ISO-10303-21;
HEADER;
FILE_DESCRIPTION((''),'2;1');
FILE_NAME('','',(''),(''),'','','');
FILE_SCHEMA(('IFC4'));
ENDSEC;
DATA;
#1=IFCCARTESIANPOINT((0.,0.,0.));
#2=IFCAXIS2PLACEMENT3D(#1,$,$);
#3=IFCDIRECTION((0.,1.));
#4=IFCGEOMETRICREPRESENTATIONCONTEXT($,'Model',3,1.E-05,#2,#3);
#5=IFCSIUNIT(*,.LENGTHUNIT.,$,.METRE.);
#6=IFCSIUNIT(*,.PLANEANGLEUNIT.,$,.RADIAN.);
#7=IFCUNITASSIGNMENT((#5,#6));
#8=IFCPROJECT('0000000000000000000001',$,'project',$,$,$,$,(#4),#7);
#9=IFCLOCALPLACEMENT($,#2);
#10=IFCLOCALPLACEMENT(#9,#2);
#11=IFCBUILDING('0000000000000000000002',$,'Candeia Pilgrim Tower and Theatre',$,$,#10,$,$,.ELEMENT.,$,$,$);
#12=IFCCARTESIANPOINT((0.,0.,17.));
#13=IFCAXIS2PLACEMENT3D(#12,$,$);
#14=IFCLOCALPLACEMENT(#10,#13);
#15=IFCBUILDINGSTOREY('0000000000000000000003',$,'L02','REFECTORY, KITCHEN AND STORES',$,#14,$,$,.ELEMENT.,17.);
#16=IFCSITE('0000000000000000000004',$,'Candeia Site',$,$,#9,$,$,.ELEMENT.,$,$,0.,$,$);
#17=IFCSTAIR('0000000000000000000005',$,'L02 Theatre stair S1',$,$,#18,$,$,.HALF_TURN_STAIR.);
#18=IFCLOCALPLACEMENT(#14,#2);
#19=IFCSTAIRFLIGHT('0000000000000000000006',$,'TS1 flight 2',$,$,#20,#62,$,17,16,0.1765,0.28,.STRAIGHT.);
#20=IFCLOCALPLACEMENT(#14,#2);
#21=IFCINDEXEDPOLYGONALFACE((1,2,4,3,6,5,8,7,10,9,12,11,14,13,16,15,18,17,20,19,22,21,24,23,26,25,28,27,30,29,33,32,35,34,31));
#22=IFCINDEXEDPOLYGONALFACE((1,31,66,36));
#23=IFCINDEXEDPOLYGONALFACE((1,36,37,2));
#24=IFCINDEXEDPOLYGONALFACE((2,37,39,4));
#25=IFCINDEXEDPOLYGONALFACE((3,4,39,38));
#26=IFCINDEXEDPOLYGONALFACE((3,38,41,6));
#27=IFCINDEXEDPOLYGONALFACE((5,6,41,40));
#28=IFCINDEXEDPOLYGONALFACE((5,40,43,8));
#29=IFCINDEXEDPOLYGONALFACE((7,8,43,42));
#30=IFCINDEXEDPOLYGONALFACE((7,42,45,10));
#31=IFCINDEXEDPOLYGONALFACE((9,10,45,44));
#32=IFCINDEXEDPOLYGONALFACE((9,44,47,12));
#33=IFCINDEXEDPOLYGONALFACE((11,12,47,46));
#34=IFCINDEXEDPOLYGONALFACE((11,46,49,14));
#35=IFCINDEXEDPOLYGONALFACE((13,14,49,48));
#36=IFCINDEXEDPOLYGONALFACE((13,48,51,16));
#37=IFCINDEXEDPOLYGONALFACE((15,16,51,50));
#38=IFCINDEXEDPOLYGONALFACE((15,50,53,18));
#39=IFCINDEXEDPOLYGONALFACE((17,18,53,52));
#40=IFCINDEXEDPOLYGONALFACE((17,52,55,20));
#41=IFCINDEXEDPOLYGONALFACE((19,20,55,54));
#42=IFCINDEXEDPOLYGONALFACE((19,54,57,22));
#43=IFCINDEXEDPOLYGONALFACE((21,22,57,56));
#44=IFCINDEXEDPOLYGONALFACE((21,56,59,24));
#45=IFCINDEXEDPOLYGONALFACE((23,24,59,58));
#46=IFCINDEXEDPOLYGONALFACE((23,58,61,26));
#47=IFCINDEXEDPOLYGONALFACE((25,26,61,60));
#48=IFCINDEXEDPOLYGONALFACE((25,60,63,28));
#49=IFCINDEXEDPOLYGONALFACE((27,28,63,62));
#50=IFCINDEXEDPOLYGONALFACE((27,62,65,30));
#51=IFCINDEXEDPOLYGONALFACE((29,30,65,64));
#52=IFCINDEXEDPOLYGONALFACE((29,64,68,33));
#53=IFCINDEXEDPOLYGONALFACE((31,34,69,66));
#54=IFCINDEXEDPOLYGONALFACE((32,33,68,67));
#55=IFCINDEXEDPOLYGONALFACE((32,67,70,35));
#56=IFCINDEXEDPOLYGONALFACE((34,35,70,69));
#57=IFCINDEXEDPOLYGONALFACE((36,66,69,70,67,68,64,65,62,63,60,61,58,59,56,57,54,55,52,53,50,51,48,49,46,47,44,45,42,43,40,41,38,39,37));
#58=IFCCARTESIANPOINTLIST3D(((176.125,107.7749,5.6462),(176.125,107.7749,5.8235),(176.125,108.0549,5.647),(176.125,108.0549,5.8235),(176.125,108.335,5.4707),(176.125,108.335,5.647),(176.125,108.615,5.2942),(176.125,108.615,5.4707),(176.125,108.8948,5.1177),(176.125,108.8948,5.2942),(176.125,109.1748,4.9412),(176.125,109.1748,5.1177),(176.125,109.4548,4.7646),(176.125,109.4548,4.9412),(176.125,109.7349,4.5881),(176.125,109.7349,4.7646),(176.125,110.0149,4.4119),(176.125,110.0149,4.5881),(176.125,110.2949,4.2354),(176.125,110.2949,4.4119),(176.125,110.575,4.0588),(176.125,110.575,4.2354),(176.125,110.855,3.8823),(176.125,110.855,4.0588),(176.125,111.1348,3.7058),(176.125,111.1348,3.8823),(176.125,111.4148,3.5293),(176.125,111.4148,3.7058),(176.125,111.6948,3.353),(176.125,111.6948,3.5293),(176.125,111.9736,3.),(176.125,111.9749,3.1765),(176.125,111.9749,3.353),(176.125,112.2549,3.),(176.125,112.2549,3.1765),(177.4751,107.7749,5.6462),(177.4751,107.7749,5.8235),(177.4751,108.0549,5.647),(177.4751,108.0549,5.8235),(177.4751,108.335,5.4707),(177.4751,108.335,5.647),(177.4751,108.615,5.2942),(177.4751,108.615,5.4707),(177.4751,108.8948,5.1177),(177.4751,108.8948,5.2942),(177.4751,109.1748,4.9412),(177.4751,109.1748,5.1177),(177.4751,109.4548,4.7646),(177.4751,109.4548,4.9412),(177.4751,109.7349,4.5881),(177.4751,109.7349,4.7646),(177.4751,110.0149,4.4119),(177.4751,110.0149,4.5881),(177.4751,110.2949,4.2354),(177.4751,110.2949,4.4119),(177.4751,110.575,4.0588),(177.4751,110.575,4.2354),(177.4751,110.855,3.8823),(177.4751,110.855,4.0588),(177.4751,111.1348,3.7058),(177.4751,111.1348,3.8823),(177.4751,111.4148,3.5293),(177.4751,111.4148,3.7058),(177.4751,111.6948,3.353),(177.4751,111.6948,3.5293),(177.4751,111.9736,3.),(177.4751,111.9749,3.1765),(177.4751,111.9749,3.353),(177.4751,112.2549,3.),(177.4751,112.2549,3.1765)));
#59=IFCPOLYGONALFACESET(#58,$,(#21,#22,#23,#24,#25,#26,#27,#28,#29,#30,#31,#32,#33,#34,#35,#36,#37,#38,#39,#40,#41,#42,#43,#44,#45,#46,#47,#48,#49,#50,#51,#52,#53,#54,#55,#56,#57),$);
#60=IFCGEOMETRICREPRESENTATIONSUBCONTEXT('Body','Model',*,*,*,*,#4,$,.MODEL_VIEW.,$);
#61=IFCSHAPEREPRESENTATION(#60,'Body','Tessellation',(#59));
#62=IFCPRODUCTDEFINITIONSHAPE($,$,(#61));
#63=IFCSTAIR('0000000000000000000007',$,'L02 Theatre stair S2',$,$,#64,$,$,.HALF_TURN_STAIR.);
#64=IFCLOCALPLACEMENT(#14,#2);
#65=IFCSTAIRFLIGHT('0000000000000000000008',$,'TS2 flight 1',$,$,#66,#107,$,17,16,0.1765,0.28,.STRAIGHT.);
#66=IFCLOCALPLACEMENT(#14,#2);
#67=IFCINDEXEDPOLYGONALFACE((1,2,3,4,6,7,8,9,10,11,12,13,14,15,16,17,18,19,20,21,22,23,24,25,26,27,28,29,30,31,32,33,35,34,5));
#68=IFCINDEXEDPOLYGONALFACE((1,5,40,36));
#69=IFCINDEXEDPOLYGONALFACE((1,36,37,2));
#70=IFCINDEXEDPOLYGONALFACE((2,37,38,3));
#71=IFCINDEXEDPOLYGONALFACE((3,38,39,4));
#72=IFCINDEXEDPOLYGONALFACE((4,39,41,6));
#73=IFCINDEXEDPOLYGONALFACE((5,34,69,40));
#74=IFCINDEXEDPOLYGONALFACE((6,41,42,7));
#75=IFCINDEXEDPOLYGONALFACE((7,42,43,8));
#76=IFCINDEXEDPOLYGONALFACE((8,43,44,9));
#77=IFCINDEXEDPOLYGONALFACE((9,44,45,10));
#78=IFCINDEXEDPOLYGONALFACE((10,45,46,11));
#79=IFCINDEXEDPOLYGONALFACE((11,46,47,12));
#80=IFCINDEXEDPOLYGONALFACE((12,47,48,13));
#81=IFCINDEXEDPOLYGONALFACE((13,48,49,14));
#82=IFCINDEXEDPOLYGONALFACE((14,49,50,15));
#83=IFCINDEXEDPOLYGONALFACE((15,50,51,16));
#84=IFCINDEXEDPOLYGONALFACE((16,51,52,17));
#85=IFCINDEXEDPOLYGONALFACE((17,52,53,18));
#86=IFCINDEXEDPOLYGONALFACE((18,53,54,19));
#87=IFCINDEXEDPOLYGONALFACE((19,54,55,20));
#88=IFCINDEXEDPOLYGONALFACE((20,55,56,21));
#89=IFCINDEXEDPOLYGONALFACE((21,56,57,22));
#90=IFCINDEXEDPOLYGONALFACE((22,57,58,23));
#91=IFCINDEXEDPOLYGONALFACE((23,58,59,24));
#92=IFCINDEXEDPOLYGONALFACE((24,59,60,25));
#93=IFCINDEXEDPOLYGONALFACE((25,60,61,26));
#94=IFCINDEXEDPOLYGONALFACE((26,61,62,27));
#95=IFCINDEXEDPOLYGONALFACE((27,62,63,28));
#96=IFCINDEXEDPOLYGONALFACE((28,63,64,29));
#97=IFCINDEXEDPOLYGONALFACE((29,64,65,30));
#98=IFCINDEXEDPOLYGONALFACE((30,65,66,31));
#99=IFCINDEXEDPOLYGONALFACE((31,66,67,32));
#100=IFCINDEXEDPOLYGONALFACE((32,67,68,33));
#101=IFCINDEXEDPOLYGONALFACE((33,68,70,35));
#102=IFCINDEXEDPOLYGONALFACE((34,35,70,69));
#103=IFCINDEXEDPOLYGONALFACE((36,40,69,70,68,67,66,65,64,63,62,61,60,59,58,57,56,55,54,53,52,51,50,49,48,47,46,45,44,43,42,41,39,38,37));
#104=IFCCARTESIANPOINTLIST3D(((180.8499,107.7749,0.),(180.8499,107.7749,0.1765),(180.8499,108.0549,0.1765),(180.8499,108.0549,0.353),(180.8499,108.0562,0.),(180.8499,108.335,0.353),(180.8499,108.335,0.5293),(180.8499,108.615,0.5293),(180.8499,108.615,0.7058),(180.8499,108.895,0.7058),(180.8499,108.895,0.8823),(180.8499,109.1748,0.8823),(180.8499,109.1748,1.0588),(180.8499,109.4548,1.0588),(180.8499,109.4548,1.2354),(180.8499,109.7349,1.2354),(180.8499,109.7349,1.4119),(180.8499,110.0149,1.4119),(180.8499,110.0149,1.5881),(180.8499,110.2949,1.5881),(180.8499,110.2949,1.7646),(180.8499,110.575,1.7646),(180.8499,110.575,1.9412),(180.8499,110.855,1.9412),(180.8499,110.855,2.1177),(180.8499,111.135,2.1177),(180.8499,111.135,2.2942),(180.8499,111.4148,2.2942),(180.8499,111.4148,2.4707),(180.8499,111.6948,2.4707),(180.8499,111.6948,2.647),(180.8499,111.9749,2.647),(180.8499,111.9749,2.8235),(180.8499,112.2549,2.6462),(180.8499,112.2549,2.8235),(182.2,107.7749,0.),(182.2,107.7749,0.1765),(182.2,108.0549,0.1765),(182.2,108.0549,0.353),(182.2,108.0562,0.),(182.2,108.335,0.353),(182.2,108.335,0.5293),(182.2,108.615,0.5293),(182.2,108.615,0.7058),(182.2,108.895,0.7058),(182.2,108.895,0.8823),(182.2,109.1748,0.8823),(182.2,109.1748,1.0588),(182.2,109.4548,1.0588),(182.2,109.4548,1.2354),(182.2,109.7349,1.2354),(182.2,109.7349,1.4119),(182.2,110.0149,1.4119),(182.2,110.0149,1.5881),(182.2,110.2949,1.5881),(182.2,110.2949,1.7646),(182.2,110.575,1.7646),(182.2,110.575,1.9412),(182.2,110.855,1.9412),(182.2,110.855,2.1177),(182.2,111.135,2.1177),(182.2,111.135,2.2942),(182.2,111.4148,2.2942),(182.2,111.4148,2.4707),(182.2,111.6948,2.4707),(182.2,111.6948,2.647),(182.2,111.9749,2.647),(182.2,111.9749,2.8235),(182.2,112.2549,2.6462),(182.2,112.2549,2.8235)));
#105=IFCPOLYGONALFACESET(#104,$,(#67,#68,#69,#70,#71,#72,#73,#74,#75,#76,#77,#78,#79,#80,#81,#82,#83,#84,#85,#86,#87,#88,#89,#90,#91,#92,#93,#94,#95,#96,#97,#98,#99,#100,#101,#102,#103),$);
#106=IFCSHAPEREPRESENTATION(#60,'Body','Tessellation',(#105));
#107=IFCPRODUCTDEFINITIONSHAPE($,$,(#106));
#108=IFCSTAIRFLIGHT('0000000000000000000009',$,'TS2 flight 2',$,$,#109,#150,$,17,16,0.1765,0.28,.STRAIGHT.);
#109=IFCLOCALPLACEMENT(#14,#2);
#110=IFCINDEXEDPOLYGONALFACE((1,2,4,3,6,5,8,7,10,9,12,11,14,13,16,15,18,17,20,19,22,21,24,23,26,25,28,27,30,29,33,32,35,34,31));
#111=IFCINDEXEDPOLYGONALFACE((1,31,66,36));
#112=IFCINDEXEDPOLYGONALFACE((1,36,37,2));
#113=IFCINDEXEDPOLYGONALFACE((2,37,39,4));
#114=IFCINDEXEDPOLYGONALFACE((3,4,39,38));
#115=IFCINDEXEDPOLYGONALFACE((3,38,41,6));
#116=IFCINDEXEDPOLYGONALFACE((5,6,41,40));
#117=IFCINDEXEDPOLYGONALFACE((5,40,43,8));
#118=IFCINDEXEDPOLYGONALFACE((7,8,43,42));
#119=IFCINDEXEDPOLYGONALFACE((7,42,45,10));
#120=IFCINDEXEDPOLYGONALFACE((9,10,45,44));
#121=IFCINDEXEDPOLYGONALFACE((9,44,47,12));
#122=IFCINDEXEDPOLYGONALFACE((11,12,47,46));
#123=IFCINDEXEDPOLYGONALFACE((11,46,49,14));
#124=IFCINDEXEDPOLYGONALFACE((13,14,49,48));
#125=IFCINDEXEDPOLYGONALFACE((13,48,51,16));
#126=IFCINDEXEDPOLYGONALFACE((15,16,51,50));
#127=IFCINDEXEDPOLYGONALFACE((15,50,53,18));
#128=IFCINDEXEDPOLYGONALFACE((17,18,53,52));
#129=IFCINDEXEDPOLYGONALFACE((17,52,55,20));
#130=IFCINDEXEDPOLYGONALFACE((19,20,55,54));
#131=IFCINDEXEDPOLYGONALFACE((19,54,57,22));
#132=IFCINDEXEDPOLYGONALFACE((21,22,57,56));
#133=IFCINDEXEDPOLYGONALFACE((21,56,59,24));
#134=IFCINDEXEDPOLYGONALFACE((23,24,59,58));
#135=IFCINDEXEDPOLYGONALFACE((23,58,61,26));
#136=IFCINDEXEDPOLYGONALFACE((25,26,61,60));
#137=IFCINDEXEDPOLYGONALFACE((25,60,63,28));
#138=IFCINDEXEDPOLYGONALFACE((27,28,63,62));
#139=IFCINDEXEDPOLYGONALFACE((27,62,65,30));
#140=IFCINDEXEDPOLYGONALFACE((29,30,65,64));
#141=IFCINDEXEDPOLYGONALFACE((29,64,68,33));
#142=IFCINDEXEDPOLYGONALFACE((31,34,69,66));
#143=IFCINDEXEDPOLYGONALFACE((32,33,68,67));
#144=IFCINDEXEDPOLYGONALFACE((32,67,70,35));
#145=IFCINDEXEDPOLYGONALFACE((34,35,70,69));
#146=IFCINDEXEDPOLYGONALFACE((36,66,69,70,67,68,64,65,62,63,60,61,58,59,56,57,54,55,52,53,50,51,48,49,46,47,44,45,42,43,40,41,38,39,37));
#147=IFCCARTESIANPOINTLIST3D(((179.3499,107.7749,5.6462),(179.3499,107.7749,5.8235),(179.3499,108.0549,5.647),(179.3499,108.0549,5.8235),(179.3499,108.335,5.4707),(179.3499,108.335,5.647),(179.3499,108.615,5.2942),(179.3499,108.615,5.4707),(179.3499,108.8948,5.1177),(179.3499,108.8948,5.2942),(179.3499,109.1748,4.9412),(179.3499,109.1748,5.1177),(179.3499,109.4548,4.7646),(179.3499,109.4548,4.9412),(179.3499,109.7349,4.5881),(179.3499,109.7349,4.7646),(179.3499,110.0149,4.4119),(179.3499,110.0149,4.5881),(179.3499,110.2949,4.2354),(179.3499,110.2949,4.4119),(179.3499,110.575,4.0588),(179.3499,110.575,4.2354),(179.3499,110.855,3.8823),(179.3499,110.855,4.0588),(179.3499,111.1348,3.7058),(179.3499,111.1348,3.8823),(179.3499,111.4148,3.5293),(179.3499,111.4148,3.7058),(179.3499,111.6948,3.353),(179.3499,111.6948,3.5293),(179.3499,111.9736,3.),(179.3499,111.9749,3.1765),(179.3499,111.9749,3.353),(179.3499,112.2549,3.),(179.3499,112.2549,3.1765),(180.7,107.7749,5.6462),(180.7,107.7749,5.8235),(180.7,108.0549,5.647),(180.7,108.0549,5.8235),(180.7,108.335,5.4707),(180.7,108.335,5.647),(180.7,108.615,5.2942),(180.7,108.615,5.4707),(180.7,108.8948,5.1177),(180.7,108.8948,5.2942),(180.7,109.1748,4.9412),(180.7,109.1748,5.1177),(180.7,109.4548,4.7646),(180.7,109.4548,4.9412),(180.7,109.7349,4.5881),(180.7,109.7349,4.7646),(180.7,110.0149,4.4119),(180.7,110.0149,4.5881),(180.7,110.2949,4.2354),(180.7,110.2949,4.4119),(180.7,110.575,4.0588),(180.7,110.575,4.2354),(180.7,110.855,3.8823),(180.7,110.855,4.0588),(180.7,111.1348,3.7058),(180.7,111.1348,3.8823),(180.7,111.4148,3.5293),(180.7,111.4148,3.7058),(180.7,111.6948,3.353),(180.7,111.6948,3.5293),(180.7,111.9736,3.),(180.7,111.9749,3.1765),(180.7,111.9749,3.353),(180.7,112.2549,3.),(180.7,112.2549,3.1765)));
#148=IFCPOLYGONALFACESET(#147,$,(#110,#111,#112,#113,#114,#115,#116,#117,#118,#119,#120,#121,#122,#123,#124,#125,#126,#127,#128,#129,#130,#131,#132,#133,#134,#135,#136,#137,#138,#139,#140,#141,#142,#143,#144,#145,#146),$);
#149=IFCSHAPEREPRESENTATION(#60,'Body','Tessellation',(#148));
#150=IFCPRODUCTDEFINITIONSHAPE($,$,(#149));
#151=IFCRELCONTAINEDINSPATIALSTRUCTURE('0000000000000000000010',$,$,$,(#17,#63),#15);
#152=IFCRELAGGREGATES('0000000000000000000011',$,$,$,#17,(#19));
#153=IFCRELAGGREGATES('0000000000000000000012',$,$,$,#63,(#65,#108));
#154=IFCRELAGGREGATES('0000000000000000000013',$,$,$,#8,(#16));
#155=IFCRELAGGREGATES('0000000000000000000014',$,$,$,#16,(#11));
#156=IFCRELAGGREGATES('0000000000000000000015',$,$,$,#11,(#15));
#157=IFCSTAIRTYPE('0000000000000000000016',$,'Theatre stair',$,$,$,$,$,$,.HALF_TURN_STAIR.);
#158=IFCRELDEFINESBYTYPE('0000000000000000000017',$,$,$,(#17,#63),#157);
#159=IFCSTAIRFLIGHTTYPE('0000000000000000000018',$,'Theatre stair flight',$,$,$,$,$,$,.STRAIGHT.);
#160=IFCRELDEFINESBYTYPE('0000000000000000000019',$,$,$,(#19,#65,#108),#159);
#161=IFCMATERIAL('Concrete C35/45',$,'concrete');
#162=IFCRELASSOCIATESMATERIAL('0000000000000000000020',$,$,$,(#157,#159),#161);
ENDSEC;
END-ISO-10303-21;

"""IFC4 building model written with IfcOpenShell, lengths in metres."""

from ifc_helpers import new_model, si_unit, direction, frame, origin, place, context, subcontext, project, spatial, polyline, outline, extrude, material, type_object, element, aggregate, save


model = new_model("IFC4")

# Units and contexts
model_context = context("Model", 3, precision=1e-05, world=origin(), true_north=direction((0.0, 1.0)))
body_context = subcontext(model_context, "Body", "Model", "MODEL_VIEW")
ifc_project = project(units=[si_unit("LENGTHUNIT", "METRE"), si_unit("PLANEANGLEUNIT", "RADIAN")], contexts=[model_context])

# Site, building, storey
site_placement = place(None, origin())
site = spatial("IfcSite", under=ifc_project, at=site_placement, Name="Candeia Site", CompositionType="ELEMENT", RefElevation=0.0)
building_placement = place(site_placement, origin())
building = spatial("IfcBuilding", under=site, at=building_placement, Name="Candeia Pilgrim Tower and Theatre", CompositionType="ELEMENT")
storey_placement = place(building_placement, frame((0.0, 0.0, 17.0)))
storey = spatial("IfcBuildingStorey", under=building, at=storey_placement, Name="L02", Description="REFECTORY, KITCHEN AND STORES", CompositionType="ELEMENT", Elevation=17.0)

# Shared definitions
ifc_material_1 = material(Name="Concrete C35/45", Category="concrete")

# Stairs, stair flights
stair_type = type_object("IfcStairType", Name="Theatre stair", PredefinedType="HALF_TURN_STAIR", material=ifc_material_1)
stair_1_placement = place(storey_placement, origin())
stair_1 = element("IfcStair", 1, at=stair_1_placement, inside=storey, type_object=stair_type, Name="L02 Theatre stair S1", PredefinedType="HALF_TURN_STAIR")
stair_flight_type = type_object("IfcStairFlightType", Name="Theatre stair flight", PredefinedType="STRAIGHT", material=ifc_material_1)
stair_flight_1_placement = place(storey_placement, frame((176.8, 112.2549, 3.0), z_axis=(0.0, 0.0, 1.0), x_axis=(0.0, -1.0, 0.0)))
stair_flight_1 = element("IfcStairFlight", 2, at=stair_flight_1_placement, type_object=stair_flight_type, Name="TS1 flight 2", NumberOfRisers=17, NumberOfTreads=16, PredefinedType="STRAIGHT", RiserHeight=0.1765, TreadLength=0.28, context=body_context, shape_type="SweptSolid", body=[
    extrude(outline(polyline([(0.0, 0.0), (0.0, 0.1765), (0.28, 0.1765), (0.28, 0.353), (0.5601, 0.353), (0.5601, 0.5293), (0.8401, 0.5293), (0.8401, 0.7058), (1.1201, 0.7058), (1.1201, 0.8823), (1.3999, 0.8823), (1.3999, 1.0588), (1.6799, 1.0588), (1.6799, 1.2354), (1.96, 1.2354), (1.96, 1.4119), (2.24, 1.4119), (2.24, 1.5881), (2.52, 1.5881), (2.52, 1.7646), (2.8, 1.7646), (2.8, 1.9412), (3.0801, 1.9412), (3.0801, 2.1177), (3.3601, 2.1177), (3.3601, 2.2942), (3.6399, 2.2942), (3.6399, 2.4707), (3.9199, 2.4707), (3.9199, 2.647), (4.2, 2.647), (4.2, 2.8235), (4.48, 2.8235), (4.48, 3.0), (4.48, 2.6462), (0.2812, 0.0), (0.0, 0.0)])), frame((0.0, 0.675, 0.0), z_axis=(0.0, -1.0, 0.0), x_axis=(1.0, 0.0, 0.0)), (0.0, 0.0, 1.0), 1.3501),
])
aggregate(stair_1, [stair_flight_1])
stair_2_placement = place(storey_placement, origin())
stair_2 = element("IfcStair", 3, at=stair_2_placement, inside=storey, type_object=stair_type, Name="L02 Theatre stair S2", PredefinedType="HALF_TURN_STAIR")
stair_flight_2_placement = place(storey_placement, frame((181.5249, 107.7749, 0.0), z_axis=(0.0, 0.0, 1.0), x_axis=(0.0, 1.0, 0.0)))
stair_flight_2 = element("IfcStairFlight", 4, at=stair_flight_2_placement, type_object=stair_flight_type, Name="TS2 flight 1", NumberOfRisers=17, NumberOfTreads=16, PredefinedType="STRAIGHT", RiserHeight=0.1765, TreadLength=0.28, context=body_context, shape_type="SweptSolid", body=[
    extrude(outline(polyline([(0.0, 0.0), (0.0, 0.1765), (0.28, 0.1765), (0.28, 0.353), (0.5601, 0.353), (0.5601, 0.5293), (0.8401, 0.5293), (0.8401, 0.7058), (1.1201, 0.7058), (1.1201, 0.8823), (1.3999, 0.8823), (1.3999, 1.0588), (1.6799, 1.0588), (1.6799, 1.2354), (1.96, 1.2354), (1.96, 1.4119), (2.24, 1.4119), (2.24, 1.5881), (2.52, 1.5881), (2.52, 1.7646), (2.8, 1.7646), (2.8, 1.9412), (3.0801, 1.9412), (3.0801, 2.1177), (3.3601, 2.1177), (3.3601, 2.2942), (3.6399, 2.2942), (3.6399, 2.4707), (3.9199, 2.4707), (3.9199, 2.647), (4.2, 2.647), (4.2, 2.8235), (4.48, 2.8235), (4.48, 3.0), (4.48, 2.6462), (0.2812, 0.0), (0.0, 0.0)])), frame((0.0, 0.675, 0.0), z_axis=(0.0, -1.0, 0.0), x_axis=(1.0, 0.0, 0.0)), (0.0, 0.0, 1.0), 1.3501),
])
stair_flight_3_placement = place(storey_placement, frame((180.0249, 112.2549, 3.0), z_axis=(0.0, 0.0, 1.0), x_axis=(0.0, -1.0, 0.0)))
stair_flight_3 = element("IfcStairFlight", 5, at=stair_flight_3_placement, type_object=stair_flight_type, Name="TS2 flight 2", NumberOfRisers=17, NumberOfTreads=16, PredefinedType="STRAIGHT", RiserHeight=0.1765, TreadLength=0.28, context=body_context, shape_type="SweptSolid", body=[
    extrude(outline(polyline([(0.0, 0.0), (0.0, 0.1765), (0.28, 0.1765), (0.28, 0.353), (0.5601, 0.353), (0.5601, 0.5293), (0.8401, 0.5293), (0.8401, 0.7058), (1.1201, 0.7058), (1.1201, 0.8823), (1.3999, 0.8823), (1.3999, 1.0588), (1.6799, 1.0588), (1.6799, 1.2354), (1.96, 1.2354), (1.96, 1.4119), (2.24, 1.4119), (2.24, 1.5881), (2.52, 1.5881), (2.52, 1.7646), (2.8, 1.7646), (2.8, 1.9412), (3.0801, 1.9412), (3.0801, 2.1177), (3.3601, 2.1177), (3.3601, 2.2942), (3.6399, 2.2942), (3.6399, 2.4707), (3.9199, 2.4707), (3.9199, 2.647), (4.2, 2.647), (4.2, 2.8235), (4.48, 2.8235), (4.48, 3.0), (4.48, 2.6462), (0.2812, 0.0), (0.0, 0.0)])), frame((0.0, 0.675, 0.0), z_axis=(0.0, -1.0, 0.0), x_axis=(1.0, 0.0, 0.0)), (0.0, 0.0, 1.0), 1.3501),
])
aggregate(stair_2, [stair_flight_2, stair_flight_3])

save(model, "model.ifc")
